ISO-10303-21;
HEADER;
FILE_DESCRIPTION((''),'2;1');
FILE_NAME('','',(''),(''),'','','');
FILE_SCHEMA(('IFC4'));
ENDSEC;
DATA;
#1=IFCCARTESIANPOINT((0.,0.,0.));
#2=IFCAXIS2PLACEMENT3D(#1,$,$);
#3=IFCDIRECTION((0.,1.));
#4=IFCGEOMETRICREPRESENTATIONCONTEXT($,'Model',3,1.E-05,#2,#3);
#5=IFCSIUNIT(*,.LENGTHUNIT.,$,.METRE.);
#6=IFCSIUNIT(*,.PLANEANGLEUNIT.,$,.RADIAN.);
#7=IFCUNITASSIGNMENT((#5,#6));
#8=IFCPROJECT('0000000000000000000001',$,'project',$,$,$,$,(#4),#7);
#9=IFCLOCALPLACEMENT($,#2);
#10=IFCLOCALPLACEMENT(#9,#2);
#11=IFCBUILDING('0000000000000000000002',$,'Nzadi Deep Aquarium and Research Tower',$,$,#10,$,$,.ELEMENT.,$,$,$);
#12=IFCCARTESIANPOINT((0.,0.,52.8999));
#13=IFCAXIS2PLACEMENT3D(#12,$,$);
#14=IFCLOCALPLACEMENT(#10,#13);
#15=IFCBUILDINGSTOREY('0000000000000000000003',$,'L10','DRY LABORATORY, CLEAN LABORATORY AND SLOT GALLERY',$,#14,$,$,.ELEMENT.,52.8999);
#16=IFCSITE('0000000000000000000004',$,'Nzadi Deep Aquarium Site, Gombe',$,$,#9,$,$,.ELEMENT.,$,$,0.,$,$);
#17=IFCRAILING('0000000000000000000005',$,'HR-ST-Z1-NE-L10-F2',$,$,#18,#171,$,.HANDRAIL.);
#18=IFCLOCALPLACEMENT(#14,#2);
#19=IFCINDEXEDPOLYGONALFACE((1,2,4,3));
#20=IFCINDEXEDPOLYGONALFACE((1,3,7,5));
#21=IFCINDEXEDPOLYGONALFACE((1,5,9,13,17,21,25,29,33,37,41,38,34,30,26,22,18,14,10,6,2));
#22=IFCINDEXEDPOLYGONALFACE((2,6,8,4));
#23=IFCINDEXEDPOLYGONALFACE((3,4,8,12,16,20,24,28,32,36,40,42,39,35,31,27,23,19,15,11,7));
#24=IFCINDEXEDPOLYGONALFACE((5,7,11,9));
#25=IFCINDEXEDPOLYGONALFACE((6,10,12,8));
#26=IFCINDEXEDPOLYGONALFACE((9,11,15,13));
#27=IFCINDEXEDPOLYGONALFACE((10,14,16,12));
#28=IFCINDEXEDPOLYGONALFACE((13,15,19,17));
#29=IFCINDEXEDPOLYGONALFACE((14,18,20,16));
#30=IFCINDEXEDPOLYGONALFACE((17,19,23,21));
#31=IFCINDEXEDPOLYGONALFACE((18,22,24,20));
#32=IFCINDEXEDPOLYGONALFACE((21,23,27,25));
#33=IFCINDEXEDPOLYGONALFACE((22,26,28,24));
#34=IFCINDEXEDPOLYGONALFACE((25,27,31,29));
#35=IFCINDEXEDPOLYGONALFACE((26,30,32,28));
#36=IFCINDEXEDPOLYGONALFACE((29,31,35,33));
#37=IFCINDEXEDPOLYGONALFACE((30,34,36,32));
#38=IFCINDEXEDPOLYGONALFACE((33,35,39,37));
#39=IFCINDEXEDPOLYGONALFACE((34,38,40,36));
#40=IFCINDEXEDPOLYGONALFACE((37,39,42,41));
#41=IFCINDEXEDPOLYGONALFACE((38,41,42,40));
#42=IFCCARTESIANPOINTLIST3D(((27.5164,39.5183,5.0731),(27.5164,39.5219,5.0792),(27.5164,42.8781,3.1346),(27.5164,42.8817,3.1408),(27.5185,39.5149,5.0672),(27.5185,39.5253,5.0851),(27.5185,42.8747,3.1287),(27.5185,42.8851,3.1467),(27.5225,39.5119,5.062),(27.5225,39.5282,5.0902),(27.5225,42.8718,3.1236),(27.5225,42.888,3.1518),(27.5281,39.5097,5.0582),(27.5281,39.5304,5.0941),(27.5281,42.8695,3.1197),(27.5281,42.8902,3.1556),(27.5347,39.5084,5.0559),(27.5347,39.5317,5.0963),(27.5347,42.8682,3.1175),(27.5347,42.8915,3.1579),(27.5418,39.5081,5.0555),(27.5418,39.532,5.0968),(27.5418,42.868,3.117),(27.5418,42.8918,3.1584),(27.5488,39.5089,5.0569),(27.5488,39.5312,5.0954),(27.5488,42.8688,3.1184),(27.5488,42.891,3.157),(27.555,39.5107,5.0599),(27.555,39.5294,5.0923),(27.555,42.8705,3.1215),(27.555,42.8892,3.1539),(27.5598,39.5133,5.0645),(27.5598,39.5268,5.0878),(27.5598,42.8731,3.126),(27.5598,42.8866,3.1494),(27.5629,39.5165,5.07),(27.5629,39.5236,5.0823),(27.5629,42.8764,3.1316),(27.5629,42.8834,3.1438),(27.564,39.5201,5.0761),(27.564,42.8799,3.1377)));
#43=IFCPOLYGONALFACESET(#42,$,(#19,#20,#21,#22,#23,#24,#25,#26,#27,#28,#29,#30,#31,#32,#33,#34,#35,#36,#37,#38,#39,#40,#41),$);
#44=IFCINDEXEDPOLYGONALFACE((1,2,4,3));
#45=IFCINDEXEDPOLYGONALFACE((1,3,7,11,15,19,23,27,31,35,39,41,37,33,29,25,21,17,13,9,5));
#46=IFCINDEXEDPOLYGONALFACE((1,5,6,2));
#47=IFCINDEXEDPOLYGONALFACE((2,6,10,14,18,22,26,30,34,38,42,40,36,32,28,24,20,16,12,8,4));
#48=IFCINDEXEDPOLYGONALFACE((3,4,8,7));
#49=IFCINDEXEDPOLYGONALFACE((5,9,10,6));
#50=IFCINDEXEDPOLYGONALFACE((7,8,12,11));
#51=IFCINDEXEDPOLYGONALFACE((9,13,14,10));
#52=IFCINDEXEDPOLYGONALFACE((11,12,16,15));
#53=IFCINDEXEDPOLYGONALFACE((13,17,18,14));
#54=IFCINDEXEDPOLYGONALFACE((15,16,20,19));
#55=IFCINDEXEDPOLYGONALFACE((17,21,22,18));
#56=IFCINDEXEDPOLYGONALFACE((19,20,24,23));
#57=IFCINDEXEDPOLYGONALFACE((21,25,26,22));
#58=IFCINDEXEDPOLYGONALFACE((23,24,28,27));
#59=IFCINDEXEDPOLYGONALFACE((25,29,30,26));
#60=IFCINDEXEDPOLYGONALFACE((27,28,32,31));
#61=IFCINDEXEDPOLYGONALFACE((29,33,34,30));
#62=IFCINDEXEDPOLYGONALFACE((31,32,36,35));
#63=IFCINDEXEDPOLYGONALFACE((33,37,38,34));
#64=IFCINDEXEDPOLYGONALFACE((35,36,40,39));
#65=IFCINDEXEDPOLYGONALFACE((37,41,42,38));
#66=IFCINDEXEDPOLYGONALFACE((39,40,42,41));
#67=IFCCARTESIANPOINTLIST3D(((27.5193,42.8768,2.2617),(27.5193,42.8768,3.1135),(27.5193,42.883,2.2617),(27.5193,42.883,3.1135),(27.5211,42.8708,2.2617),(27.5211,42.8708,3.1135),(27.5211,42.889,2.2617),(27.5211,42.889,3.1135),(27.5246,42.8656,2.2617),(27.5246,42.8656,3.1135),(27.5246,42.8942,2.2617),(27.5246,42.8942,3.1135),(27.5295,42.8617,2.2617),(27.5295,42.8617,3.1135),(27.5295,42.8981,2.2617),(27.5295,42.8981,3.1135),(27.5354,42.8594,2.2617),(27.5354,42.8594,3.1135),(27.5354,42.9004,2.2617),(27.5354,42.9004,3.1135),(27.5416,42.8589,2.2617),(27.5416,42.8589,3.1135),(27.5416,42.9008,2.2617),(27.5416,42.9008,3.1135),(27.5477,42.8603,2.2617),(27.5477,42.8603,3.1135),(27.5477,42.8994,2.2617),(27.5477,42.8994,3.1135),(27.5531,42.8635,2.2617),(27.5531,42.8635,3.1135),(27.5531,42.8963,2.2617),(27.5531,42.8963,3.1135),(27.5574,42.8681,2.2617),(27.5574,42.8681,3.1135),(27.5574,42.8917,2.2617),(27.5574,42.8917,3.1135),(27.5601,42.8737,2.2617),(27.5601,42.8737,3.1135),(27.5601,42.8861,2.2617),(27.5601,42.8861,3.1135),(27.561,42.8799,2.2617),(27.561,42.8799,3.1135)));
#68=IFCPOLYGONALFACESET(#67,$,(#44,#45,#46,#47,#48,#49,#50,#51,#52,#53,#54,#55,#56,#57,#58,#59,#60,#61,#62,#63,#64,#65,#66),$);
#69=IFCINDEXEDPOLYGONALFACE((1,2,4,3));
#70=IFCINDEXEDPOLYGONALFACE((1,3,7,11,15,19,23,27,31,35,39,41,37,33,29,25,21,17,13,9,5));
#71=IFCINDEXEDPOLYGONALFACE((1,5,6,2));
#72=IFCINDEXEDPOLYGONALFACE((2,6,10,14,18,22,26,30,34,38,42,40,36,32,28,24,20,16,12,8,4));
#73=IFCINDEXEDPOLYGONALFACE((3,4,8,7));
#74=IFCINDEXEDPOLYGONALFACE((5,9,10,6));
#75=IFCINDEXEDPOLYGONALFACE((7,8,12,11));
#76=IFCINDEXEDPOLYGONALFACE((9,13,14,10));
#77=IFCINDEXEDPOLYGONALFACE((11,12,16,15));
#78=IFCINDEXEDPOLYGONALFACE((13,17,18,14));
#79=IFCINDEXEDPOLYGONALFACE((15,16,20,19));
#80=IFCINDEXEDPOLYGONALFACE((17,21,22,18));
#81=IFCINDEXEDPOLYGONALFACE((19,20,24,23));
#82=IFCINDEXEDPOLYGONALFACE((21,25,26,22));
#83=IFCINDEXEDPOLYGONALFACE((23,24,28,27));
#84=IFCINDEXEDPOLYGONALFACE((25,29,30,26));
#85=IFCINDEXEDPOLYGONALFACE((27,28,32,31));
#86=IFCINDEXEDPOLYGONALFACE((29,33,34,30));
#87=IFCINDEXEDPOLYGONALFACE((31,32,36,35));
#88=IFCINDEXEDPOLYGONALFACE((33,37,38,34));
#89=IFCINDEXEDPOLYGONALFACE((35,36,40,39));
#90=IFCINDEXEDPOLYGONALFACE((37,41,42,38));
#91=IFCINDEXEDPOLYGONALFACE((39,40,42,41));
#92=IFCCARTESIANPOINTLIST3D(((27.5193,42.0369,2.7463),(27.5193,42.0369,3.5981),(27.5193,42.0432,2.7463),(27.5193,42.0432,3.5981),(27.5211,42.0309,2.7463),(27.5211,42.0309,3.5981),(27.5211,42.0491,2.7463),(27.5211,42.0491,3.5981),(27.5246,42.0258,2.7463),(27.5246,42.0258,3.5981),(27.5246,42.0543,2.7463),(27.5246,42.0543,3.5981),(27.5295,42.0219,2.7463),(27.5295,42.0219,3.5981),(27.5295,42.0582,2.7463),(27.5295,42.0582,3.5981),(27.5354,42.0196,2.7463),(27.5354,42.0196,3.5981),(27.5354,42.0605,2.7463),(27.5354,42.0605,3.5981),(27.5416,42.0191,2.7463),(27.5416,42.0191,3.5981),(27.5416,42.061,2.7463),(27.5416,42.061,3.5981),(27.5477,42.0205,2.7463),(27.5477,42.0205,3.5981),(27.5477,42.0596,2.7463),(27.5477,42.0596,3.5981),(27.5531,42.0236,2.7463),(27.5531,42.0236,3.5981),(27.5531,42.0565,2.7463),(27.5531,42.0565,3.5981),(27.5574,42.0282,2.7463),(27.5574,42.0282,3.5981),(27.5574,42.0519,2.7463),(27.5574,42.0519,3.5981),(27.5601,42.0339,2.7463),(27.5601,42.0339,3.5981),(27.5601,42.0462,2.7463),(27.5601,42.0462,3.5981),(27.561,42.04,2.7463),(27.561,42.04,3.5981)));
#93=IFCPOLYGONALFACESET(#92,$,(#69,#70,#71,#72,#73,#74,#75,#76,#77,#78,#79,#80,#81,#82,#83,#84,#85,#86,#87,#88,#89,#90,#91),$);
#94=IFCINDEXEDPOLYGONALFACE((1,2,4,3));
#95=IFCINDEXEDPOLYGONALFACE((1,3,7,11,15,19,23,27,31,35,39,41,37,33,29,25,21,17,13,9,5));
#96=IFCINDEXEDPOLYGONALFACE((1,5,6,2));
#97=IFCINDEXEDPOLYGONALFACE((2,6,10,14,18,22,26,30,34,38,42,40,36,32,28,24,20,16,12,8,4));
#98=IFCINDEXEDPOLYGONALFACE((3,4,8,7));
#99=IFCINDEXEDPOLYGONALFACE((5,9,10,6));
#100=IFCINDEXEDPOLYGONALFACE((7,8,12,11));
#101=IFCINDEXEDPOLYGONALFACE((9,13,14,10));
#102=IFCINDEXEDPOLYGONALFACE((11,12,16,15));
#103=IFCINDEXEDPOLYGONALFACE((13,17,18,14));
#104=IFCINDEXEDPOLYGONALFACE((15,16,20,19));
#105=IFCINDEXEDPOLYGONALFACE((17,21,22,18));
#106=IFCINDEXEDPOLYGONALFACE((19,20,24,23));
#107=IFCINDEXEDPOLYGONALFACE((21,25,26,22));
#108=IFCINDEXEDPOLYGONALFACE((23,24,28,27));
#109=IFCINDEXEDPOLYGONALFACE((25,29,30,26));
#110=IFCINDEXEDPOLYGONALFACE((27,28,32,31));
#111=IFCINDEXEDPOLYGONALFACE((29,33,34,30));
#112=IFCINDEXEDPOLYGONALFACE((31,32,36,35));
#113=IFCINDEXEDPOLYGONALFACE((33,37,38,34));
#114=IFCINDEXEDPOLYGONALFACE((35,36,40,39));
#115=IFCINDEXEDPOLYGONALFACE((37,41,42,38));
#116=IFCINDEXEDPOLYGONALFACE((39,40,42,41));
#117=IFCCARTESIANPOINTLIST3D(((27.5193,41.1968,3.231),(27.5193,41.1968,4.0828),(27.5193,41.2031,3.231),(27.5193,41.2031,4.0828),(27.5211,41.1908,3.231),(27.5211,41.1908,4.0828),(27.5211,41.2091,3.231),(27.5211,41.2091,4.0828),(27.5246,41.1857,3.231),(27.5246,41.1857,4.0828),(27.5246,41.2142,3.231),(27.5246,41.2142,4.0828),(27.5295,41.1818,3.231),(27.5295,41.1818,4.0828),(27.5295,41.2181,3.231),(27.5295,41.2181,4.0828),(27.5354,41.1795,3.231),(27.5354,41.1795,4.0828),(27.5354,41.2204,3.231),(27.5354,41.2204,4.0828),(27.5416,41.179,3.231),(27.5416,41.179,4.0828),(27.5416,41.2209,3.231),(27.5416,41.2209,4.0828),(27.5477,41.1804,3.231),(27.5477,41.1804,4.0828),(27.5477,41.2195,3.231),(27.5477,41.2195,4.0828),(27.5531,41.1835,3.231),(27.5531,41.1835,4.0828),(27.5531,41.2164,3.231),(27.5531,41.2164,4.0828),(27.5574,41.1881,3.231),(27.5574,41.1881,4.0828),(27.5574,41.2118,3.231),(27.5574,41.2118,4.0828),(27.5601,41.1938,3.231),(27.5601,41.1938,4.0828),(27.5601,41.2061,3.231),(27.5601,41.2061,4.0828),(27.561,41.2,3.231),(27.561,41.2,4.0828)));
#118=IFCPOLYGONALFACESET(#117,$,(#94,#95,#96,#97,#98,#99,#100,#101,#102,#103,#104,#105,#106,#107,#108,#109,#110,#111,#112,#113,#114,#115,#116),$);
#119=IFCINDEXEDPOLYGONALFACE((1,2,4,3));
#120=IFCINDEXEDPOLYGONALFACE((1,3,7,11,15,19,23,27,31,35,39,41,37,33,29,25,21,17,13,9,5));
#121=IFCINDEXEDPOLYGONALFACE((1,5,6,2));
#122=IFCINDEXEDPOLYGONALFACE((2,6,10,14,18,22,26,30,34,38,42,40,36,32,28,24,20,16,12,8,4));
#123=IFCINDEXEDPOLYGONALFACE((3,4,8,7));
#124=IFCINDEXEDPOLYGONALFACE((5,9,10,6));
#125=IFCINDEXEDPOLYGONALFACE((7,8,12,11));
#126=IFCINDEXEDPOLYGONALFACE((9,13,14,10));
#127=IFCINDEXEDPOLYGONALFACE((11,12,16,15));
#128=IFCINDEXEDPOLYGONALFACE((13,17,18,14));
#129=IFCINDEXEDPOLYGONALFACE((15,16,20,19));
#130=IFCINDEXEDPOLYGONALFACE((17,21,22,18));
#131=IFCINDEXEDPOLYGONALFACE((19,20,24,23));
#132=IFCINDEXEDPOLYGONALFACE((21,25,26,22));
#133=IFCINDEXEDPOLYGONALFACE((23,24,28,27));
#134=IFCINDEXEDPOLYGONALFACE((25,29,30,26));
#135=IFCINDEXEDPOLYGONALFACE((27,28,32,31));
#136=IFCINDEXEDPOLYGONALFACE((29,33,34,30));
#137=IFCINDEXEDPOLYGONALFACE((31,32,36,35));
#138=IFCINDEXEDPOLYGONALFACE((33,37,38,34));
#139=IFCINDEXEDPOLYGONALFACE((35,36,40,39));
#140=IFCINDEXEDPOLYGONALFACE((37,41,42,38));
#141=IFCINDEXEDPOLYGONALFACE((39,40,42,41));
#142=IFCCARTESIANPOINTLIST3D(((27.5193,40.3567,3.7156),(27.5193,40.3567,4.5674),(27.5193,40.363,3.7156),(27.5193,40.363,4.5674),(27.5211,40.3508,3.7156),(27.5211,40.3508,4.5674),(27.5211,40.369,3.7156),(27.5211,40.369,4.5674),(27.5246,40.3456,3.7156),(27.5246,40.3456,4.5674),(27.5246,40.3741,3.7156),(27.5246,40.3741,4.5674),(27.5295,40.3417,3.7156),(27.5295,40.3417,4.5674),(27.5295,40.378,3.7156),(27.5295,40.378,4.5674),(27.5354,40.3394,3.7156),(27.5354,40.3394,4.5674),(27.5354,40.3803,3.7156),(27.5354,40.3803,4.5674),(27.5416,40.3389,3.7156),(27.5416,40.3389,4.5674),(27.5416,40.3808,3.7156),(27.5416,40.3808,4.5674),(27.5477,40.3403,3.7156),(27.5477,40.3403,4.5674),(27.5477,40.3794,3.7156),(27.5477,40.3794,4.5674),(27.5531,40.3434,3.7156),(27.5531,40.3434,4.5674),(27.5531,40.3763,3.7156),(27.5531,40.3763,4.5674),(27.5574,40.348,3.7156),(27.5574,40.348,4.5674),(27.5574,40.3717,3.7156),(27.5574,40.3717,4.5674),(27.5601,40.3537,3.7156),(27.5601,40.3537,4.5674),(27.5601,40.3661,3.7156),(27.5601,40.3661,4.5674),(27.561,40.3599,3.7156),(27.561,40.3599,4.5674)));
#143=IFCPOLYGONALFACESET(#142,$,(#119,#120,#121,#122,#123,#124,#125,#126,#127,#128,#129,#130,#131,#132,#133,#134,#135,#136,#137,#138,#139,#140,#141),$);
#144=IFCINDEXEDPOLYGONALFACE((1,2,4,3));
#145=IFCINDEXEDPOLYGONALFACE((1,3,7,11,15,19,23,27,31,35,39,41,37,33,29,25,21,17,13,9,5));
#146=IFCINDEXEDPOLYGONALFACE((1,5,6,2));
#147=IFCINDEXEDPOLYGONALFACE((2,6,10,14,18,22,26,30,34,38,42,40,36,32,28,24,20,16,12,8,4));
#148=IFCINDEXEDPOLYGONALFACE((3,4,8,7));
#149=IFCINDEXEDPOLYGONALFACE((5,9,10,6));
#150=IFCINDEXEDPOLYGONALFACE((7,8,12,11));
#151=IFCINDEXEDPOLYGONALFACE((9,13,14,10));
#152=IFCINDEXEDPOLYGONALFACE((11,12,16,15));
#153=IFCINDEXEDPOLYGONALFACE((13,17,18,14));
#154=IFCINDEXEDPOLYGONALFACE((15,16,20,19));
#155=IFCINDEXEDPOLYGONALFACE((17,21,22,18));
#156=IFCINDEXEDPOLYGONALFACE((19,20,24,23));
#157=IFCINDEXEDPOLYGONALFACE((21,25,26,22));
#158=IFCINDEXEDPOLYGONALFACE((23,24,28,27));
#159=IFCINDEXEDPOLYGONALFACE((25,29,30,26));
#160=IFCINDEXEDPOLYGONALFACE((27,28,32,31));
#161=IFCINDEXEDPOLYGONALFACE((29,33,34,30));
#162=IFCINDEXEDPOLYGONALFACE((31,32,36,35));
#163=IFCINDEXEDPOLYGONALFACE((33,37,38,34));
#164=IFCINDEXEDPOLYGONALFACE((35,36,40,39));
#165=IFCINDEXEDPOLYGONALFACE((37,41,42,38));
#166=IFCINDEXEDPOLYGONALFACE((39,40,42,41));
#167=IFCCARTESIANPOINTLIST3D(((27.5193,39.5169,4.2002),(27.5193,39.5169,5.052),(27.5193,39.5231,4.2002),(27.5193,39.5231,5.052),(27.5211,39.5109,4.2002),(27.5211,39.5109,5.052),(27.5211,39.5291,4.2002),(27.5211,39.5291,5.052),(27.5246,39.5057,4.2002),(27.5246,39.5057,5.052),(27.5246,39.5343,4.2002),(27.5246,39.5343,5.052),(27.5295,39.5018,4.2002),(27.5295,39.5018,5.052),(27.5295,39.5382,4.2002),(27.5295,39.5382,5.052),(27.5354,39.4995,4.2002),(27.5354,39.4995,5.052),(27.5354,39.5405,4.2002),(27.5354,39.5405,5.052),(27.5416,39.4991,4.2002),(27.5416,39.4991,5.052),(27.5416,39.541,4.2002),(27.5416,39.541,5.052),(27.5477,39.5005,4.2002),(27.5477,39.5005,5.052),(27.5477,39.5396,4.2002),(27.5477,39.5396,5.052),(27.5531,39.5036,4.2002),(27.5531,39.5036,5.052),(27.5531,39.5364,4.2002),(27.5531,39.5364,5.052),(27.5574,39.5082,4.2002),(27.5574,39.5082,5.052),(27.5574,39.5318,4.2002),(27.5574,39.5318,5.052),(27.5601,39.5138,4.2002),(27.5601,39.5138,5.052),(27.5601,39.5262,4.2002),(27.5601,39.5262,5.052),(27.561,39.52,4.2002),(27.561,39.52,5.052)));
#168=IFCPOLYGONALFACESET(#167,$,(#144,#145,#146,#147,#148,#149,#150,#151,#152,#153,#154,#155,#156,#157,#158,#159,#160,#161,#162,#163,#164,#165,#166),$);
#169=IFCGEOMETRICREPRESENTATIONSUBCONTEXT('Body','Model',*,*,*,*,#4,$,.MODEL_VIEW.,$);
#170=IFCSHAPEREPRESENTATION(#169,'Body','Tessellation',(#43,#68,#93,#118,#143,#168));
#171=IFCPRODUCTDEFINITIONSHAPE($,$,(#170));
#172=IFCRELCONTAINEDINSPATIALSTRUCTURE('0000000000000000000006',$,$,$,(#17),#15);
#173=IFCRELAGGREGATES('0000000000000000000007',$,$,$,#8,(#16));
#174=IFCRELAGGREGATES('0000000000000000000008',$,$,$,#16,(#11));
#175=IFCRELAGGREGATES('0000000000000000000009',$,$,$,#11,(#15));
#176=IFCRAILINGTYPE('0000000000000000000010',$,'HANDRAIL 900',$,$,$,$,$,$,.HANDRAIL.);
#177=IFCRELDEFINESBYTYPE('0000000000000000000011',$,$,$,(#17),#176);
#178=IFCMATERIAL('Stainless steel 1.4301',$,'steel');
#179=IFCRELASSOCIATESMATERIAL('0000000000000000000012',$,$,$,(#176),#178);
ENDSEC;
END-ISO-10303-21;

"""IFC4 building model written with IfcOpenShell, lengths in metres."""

from ifc_helpers import new_model, si_unit, direction, frame, origin, origin_2d, place, context, subcontext, project, spatial, circle, extrude, material, type_object, element, save


model = new_model("IFC4")

# Units and contexts
model_context = context("Model", 3, precision=1e-05, world=origin(), true_north=direction((0.0, 1.0)))
body_context = subcontext(model_context, "Body", "Model", "MODEL_VIEW")
ifc_project = project(units=[si_unit("LENGTHUNIT", "METRE"), si_unit("PLANEANGLEUNIT", "RADIAN")], contexts=[model_context])

# Site, building, storey
site_placement = place(None, origin())
site = spatial("IfcSite", under=ifc_project, at=site_placement, Name="Nzadi Deep Aquarium Site, Gombe", CompositionType="ELEMENT", RefElevation=0.0)
building_placement = place(site_placement, origin())
building = spatial("IfcBuilding", under=site, at=building_placement, Name="Nzadi Deep Aquarium and Research Tower", CompositionType="ELEMENT")
storey_placement = place(building_placement, frame((0.0, 0.0, 52.8999)))
storey = spatial("IfcBuildingStorey", under=building, at=storey_placement, Name="L10", Description="DRY LABORATORY, CLEAN LABORATORY AND SLOT GALLERY", CompositionType="ELEMENT", Elevation=52.8999)

# Railing
ifc_material_1 = material(Name="Stainless steel 1.4301", Category="steel")
railing_type = type_object("IfcRailingType", Name="HANDRAIL 900", PredefinedType="HANDRAIL", material=ifc_material_1)
for number, where, name in (
    (1, (27.54, 42.8799, 2.2617), "HR-ST-Z1-NE-L10-F2"),
):
    element("IfcRailing", number, at=place(storey_placement, frame(where)), inside=storey, type_object=railing_type, Name=name, PredefinedType="HANDRAIL", context=body_context, shape_type="SweptSolid", body=[
        extrude(circle(Radius=0.0239, at=origin_2d()), frame((0.0, 0.0, 0.876), z_axis=(0.0, -0.866175, 0.499741), x_axis=(1.0, 0.0, 0.0)), (0.0, 0.0, 1.0), 3.8789),
        extrude(circle(Radius=0.021, at=origin_2d()), origin(), (0.0, 0.0, 1.0), 0.8518),
        extrude(circle(Radius=0.021, at=origin_2d()), frame((0.0, -0.8398, 0.4846)), (0.0, 0.0, 1.0), 0.8518),
        extrude(circle(Radius=0.021, at=origin_2d()), frame((0.0, -1.6799, 0.9692)), (0.0, 0.0, 1.0), 0.8518),
        extrude(circle(Radius=0.021, at=origin_2d()), frame((0.0, -2.52, 1.4539)), (0.0, 0.0, 1.0), 0.8518),
        extrude(circle(Radius=0.021, at=origin_2d()), frame((0.0, -3.3599, 1.9385)), (0.0, 0.0, 1.0), 0.8518),
    ])

save(model, "model.ifc")
